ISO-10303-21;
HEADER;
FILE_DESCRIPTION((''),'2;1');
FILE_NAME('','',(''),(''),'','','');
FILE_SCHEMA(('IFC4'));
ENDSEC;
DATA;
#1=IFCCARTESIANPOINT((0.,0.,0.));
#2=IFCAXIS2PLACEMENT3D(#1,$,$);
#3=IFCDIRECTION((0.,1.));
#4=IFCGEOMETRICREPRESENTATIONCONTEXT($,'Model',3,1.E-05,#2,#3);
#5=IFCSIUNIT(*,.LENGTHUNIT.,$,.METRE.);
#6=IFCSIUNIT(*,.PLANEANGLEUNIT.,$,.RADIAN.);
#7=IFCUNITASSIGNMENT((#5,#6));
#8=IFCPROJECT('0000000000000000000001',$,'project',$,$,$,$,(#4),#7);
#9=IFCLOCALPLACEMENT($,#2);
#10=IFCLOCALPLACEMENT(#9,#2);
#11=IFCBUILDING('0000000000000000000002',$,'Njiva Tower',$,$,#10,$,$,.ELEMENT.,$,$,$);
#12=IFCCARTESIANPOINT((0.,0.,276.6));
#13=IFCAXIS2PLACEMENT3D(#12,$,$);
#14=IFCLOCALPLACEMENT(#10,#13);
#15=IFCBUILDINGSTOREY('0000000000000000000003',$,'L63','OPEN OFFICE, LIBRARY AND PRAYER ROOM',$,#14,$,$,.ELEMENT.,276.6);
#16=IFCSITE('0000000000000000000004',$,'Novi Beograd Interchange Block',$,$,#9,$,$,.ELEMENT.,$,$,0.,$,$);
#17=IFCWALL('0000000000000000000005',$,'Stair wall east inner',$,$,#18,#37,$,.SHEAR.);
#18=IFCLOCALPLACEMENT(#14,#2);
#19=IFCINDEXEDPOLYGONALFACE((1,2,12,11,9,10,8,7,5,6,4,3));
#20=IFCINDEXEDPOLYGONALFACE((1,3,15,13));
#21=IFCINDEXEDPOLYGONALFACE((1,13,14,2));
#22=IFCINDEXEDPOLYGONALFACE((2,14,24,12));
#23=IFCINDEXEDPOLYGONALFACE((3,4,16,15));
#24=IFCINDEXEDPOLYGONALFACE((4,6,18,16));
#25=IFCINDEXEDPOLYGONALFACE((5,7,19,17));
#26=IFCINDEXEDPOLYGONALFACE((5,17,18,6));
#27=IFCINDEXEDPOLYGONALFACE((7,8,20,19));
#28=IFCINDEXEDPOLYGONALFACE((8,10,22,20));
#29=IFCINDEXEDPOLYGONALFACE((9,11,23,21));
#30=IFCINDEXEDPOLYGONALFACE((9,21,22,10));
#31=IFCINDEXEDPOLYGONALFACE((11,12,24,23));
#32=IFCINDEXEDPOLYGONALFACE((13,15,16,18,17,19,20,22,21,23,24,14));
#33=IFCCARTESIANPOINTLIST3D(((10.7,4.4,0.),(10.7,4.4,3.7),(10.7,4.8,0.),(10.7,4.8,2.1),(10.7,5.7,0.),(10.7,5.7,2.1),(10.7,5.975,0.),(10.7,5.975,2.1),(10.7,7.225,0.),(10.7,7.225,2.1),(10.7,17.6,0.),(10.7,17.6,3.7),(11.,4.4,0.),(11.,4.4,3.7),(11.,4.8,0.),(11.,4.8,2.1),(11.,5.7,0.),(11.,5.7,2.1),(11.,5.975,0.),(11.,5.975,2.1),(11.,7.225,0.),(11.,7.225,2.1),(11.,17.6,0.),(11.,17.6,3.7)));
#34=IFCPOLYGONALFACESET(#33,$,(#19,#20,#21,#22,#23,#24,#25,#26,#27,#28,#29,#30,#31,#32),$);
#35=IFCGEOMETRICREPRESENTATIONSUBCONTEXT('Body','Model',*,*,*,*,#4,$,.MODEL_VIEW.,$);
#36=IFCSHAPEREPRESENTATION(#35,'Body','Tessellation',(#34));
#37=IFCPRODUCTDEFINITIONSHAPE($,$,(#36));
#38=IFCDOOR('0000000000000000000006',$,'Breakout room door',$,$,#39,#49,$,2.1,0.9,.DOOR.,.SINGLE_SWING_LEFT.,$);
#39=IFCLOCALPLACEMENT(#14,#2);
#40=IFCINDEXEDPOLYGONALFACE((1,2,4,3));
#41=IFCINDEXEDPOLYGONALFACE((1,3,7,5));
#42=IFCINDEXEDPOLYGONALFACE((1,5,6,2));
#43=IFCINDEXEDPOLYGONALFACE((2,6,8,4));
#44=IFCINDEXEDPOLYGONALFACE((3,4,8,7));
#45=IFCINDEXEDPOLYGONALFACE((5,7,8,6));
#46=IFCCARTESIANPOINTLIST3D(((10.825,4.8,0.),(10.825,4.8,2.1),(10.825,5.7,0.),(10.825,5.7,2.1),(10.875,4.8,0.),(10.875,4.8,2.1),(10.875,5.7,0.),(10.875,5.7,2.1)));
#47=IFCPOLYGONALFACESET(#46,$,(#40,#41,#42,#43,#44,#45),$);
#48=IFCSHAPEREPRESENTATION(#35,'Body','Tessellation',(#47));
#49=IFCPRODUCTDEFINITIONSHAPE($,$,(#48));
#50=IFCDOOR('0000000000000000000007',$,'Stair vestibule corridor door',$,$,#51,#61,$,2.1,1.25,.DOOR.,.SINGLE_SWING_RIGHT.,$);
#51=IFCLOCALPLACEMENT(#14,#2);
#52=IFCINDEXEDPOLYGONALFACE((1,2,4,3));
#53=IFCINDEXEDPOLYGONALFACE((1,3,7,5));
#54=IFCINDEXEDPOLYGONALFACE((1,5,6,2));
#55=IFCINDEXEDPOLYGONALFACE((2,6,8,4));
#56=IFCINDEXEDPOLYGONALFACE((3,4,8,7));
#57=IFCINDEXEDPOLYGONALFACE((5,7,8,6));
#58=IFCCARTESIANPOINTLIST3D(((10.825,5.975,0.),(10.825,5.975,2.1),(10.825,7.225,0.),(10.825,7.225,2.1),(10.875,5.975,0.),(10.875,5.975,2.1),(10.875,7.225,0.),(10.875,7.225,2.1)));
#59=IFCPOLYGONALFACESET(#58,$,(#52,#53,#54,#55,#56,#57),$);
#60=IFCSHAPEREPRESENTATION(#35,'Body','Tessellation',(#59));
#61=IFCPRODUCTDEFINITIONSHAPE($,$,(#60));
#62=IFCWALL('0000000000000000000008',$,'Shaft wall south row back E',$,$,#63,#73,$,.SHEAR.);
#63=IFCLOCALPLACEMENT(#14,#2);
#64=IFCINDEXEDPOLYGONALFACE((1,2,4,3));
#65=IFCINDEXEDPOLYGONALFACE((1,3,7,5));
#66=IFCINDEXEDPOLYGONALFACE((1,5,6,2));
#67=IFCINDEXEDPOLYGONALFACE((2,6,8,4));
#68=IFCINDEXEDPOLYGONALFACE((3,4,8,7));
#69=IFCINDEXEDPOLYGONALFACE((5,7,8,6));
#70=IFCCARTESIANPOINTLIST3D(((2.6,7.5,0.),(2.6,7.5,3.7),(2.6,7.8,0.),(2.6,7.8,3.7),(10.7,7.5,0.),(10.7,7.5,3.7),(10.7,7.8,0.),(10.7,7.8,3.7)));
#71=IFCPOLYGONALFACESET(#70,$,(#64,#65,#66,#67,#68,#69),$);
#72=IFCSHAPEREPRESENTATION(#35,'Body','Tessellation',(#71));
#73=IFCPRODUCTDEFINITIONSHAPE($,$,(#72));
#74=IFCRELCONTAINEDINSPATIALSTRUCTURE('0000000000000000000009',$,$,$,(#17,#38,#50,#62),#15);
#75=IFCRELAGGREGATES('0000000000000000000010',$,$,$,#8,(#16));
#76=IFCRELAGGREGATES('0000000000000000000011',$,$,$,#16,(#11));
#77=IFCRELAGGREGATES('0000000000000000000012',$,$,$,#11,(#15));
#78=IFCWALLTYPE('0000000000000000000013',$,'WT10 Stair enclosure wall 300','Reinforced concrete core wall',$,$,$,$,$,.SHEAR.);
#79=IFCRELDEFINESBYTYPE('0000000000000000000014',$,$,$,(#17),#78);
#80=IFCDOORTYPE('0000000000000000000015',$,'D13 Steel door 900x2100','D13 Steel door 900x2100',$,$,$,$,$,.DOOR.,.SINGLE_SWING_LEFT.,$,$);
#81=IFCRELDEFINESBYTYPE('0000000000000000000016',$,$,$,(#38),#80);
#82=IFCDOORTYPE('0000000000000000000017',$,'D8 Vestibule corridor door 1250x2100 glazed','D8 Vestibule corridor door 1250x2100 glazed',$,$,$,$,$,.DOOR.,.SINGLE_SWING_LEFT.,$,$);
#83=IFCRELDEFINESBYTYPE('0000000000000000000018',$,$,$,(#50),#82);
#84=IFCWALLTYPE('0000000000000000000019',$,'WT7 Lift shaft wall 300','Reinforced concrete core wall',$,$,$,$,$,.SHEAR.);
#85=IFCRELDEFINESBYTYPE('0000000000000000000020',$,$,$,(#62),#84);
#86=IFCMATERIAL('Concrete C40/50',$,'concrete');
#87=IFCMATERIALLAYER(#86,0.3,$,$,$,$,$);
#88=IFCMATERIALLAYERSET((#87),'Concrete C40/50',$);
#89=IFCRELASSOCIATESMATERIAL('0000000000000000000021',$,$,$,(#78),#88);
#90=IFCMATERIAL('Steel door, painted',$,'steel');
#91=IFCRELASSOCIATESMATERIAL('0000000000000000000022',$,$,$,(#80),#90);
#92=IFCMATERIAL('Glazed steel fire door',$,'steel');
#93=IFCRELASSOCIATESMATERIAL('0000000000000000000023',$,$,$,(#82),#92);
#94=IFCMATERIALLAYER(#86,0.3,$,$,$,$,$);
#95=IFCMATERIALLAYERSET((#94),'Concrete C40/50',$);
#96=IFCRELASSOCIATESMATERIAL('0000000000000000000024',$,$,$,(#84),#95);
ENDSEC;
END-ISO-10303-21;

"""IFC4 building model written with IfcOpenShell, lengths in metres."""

from ifc_helpers import new_model, si_unit, direction, frame, frame_2d, origin, place, context, subcontext, project, spatial, rectangle, extrude, material, layer, layer_set, type_object, element, fill, save


model = new_model("IFC4")

# Units and contexts
model_context = context("Model", 3, precision=1e-05, world=origin(), true_north=direction((0.0, 1.0)))
body_context = subcontext(model_context, "Body", "Model", "MODEL_VIEW")
ifc_project = project(units=[si_unit("LENGTHUNIT", "METRE"), si_unit("PLANEANGLEUNIT", "RADIAN")], contexts=[model_context])

# Site, building, storey
site_placement = place(None, origin())
site = spatial("IfcSite", under=ifc_project, at=site_placement, Name="Novi Beograd Interchange Block", CompositionType="ELEMENT", RefElevation=0.0)
building_placement = place(site_placement, origin())
building = spatial("IfcBuilding", under=site, at=building_placement, Name="Njiva Tower", CompositionType="ELEMENT")
storey_placement = place(building_placement, frame((0.0, 0.0, 276.6)))
storey = spatial("IfcBuildingStorey", under=building, at=storey_placement, Name="L63", Description="OPEN OFFICE, LIBRARY AND PRAYER ROOM", CompositionType="ELEMENT", Elevation=276.6)

# Wall, openings, doors
ifc_material_1 = material(Name="Concrete C40/50", Category="concrete")
ifc_layer_1 = layer(ifc_material_1, 0.3)
ifc_layer_set_1 = layer_set([ifc_layer_1], Name="Concrete C40/50")
wall_type_1 = type_object("IfcWallType", Name="WT10 Stair enclosure wall 300", Description="Reinforced concrete core wall", PredefinedType="SHEAR", material=ifc_layer_set_1)
wall_1_placement = place(storey_placement, frame((10.85, 4.4, 0.0), z_axis=(0.0, 0.0, 1.0), x_axis=(0.0, 1.0, 0.0)))
wall_1 = element("IfcWall", 1, at=wall_1_placement, inside=storey, type_object=wall_type_1, Name="Stair wall east inner", PredefinedType="SHEAR", context=body_context, shape_type="SweptSolid", body=[
    extrude(rectangle(XDim=13.2, YDim=0.3, at=frame_2d((6.6, 0.0))), origin(), (0.0, 0.0, 1.0), 3.7),
])
opening_1_placement = place(wall_1_placement, frame((1.575, 0.0, 0.0)))
opening_1 = element("IfcOpeningElement", 2, at=opening_1_placement, cuts=wall_1, PredefinedType="OPENING", context=body_context, shape_type="SweptSolid", body=[
    extrude(rectangle(XDim=1.25, YDim=2.1, at=frame_2d((0.625, 1.05))), frame((0.0, 0.16, 0.0), z_axis=(0.0, -1.0, 0.0), x_axis=(1.0, 0.0, 0.0)), (0.0, 0.0, 1.0), 0.32),
])
opening_2_placement = place(wall_1_placement, frame((0.4, 0.0, 0.0)))
opening_2 = element("IfcOpeningElement", 3, at=opening_2_placement, cuts=wall_1, PredefinedType="OPENING", context=body_context, shape_type="SweptSolid", body=[
    extrude(rectangle(XDim=0.9, YDim=2.1, at=frame_2d((0.45, 1.05))), frame((0.0, 0.16, 0.0), z_axis=(0.0, -1.0, 0.0), x_axis=(1.0, 0.0, 0.0)), (0.0, 0.0, 1.0), 0.32),
])
ifc_material_2 = material(Name="Steel door, painted", Category="steel")
door_type_1 = type_object("IfcDoorType", Name="D13 Steel door 900x2100", Description="D13 Steel door 900x2100", OperationType="SINGLE_SWING_LEFT", PredefinedType="DOOR", material=ifc_material_2)
door_1_placement = place(opening_2_placement, origin())
door_1 = element("IfcDoor", 4, at=door_1_placement, inside=storey, type_object=door_type_1, Name="Breakout room door", OperationType="SINGLE_SWING_LEFT", OverallHeight=2.1, OverallWidth=0.9, PredefinedType="DOOR", context=body_context, shape_type="SweptSolid", body=[
    extrude(rectangle(XDim=0.9, YDim=2.1, at=frame_2d((0.45, 1.05))), frame((0.0, 0.025, 0.0), z_axis=(0.0, -1.0, 0.0), x_axis=(1.0, 0.0, 0.0)), (0.0, 0.0, 1.0), 0.05),
])
fill(opening_2, door_1)
ifc_material_3 = material(Name="Glazed steel fire door", Category="steel")
door_type_2 = type_object("IfcDoorType", Name="D8 Vestibule corridor door 1250x2100 glazed", Description="D8 Vestibule corridor door 1250x2100 glazed", OperationType="SINGLE_SWING_LEFT", PredefinedType="DOOR", material=ifc_material_3)
door_2_placement = place(opening_1_placement, origin())
door_2 = element("IfcDoor", 5, at=door_2_placement, inside=storey, type_object=door_type_2, Name="Stair vestibule corridor door", OperationType="SINGLE_SWING_RIGHT", OverallHeight=2.1, OverallWidth=1.25, PredefinedType="DOOR", context=body_context, shape_type="SweptSolid", body=[
    extrude(rectangle(XDim=1.25, YDim=2.1, at=frame_2d((0.625, 1.05))), frame((0.0, 0.025, 0.0), z_axis=(0.0, -1.0, 0.0), x_axis=(1.0, 0.0, 0.0)), (0.0, 0.0, 1.0), 0.05),
])
fill(opening_1, door_2)

# Wall
ifc_layer_2 = layer(ifc_material_1, 0.3)
ifc_layer_set_2 = layer_set([ifc_layer_2], Name="Concrete C40/50")
wall_type_2 = type_object("IfcWallType", Name="WT7 Lift shaft wall 300", Description="Reinforced concrete core wall", PredefinedType="SHEAR", material=ifc_layer_set_2)
wall_2_placement = place(storey_placement, frame((2.6, 7.65, 0.0), z_axis=(0.0, 0.0, 1.0), x_axis=(1.0, 0.0, 0.0)))
element("IfcWall", 6, at=wall_2_placement, inside=storey, type_object=wall_type_2, Name="Shaft wall south row back E", PredefinedType="SHEAR", context=body_context, shape_type="SweptSolid", body=[
    extrude(rectangle(XDim=8.1, YDim=0.3, at=frame_2d((4.05, 0.0))), origin(), (0.0, 0.0, 1.0), 3.7),
])

save(model, "model.ifc")
